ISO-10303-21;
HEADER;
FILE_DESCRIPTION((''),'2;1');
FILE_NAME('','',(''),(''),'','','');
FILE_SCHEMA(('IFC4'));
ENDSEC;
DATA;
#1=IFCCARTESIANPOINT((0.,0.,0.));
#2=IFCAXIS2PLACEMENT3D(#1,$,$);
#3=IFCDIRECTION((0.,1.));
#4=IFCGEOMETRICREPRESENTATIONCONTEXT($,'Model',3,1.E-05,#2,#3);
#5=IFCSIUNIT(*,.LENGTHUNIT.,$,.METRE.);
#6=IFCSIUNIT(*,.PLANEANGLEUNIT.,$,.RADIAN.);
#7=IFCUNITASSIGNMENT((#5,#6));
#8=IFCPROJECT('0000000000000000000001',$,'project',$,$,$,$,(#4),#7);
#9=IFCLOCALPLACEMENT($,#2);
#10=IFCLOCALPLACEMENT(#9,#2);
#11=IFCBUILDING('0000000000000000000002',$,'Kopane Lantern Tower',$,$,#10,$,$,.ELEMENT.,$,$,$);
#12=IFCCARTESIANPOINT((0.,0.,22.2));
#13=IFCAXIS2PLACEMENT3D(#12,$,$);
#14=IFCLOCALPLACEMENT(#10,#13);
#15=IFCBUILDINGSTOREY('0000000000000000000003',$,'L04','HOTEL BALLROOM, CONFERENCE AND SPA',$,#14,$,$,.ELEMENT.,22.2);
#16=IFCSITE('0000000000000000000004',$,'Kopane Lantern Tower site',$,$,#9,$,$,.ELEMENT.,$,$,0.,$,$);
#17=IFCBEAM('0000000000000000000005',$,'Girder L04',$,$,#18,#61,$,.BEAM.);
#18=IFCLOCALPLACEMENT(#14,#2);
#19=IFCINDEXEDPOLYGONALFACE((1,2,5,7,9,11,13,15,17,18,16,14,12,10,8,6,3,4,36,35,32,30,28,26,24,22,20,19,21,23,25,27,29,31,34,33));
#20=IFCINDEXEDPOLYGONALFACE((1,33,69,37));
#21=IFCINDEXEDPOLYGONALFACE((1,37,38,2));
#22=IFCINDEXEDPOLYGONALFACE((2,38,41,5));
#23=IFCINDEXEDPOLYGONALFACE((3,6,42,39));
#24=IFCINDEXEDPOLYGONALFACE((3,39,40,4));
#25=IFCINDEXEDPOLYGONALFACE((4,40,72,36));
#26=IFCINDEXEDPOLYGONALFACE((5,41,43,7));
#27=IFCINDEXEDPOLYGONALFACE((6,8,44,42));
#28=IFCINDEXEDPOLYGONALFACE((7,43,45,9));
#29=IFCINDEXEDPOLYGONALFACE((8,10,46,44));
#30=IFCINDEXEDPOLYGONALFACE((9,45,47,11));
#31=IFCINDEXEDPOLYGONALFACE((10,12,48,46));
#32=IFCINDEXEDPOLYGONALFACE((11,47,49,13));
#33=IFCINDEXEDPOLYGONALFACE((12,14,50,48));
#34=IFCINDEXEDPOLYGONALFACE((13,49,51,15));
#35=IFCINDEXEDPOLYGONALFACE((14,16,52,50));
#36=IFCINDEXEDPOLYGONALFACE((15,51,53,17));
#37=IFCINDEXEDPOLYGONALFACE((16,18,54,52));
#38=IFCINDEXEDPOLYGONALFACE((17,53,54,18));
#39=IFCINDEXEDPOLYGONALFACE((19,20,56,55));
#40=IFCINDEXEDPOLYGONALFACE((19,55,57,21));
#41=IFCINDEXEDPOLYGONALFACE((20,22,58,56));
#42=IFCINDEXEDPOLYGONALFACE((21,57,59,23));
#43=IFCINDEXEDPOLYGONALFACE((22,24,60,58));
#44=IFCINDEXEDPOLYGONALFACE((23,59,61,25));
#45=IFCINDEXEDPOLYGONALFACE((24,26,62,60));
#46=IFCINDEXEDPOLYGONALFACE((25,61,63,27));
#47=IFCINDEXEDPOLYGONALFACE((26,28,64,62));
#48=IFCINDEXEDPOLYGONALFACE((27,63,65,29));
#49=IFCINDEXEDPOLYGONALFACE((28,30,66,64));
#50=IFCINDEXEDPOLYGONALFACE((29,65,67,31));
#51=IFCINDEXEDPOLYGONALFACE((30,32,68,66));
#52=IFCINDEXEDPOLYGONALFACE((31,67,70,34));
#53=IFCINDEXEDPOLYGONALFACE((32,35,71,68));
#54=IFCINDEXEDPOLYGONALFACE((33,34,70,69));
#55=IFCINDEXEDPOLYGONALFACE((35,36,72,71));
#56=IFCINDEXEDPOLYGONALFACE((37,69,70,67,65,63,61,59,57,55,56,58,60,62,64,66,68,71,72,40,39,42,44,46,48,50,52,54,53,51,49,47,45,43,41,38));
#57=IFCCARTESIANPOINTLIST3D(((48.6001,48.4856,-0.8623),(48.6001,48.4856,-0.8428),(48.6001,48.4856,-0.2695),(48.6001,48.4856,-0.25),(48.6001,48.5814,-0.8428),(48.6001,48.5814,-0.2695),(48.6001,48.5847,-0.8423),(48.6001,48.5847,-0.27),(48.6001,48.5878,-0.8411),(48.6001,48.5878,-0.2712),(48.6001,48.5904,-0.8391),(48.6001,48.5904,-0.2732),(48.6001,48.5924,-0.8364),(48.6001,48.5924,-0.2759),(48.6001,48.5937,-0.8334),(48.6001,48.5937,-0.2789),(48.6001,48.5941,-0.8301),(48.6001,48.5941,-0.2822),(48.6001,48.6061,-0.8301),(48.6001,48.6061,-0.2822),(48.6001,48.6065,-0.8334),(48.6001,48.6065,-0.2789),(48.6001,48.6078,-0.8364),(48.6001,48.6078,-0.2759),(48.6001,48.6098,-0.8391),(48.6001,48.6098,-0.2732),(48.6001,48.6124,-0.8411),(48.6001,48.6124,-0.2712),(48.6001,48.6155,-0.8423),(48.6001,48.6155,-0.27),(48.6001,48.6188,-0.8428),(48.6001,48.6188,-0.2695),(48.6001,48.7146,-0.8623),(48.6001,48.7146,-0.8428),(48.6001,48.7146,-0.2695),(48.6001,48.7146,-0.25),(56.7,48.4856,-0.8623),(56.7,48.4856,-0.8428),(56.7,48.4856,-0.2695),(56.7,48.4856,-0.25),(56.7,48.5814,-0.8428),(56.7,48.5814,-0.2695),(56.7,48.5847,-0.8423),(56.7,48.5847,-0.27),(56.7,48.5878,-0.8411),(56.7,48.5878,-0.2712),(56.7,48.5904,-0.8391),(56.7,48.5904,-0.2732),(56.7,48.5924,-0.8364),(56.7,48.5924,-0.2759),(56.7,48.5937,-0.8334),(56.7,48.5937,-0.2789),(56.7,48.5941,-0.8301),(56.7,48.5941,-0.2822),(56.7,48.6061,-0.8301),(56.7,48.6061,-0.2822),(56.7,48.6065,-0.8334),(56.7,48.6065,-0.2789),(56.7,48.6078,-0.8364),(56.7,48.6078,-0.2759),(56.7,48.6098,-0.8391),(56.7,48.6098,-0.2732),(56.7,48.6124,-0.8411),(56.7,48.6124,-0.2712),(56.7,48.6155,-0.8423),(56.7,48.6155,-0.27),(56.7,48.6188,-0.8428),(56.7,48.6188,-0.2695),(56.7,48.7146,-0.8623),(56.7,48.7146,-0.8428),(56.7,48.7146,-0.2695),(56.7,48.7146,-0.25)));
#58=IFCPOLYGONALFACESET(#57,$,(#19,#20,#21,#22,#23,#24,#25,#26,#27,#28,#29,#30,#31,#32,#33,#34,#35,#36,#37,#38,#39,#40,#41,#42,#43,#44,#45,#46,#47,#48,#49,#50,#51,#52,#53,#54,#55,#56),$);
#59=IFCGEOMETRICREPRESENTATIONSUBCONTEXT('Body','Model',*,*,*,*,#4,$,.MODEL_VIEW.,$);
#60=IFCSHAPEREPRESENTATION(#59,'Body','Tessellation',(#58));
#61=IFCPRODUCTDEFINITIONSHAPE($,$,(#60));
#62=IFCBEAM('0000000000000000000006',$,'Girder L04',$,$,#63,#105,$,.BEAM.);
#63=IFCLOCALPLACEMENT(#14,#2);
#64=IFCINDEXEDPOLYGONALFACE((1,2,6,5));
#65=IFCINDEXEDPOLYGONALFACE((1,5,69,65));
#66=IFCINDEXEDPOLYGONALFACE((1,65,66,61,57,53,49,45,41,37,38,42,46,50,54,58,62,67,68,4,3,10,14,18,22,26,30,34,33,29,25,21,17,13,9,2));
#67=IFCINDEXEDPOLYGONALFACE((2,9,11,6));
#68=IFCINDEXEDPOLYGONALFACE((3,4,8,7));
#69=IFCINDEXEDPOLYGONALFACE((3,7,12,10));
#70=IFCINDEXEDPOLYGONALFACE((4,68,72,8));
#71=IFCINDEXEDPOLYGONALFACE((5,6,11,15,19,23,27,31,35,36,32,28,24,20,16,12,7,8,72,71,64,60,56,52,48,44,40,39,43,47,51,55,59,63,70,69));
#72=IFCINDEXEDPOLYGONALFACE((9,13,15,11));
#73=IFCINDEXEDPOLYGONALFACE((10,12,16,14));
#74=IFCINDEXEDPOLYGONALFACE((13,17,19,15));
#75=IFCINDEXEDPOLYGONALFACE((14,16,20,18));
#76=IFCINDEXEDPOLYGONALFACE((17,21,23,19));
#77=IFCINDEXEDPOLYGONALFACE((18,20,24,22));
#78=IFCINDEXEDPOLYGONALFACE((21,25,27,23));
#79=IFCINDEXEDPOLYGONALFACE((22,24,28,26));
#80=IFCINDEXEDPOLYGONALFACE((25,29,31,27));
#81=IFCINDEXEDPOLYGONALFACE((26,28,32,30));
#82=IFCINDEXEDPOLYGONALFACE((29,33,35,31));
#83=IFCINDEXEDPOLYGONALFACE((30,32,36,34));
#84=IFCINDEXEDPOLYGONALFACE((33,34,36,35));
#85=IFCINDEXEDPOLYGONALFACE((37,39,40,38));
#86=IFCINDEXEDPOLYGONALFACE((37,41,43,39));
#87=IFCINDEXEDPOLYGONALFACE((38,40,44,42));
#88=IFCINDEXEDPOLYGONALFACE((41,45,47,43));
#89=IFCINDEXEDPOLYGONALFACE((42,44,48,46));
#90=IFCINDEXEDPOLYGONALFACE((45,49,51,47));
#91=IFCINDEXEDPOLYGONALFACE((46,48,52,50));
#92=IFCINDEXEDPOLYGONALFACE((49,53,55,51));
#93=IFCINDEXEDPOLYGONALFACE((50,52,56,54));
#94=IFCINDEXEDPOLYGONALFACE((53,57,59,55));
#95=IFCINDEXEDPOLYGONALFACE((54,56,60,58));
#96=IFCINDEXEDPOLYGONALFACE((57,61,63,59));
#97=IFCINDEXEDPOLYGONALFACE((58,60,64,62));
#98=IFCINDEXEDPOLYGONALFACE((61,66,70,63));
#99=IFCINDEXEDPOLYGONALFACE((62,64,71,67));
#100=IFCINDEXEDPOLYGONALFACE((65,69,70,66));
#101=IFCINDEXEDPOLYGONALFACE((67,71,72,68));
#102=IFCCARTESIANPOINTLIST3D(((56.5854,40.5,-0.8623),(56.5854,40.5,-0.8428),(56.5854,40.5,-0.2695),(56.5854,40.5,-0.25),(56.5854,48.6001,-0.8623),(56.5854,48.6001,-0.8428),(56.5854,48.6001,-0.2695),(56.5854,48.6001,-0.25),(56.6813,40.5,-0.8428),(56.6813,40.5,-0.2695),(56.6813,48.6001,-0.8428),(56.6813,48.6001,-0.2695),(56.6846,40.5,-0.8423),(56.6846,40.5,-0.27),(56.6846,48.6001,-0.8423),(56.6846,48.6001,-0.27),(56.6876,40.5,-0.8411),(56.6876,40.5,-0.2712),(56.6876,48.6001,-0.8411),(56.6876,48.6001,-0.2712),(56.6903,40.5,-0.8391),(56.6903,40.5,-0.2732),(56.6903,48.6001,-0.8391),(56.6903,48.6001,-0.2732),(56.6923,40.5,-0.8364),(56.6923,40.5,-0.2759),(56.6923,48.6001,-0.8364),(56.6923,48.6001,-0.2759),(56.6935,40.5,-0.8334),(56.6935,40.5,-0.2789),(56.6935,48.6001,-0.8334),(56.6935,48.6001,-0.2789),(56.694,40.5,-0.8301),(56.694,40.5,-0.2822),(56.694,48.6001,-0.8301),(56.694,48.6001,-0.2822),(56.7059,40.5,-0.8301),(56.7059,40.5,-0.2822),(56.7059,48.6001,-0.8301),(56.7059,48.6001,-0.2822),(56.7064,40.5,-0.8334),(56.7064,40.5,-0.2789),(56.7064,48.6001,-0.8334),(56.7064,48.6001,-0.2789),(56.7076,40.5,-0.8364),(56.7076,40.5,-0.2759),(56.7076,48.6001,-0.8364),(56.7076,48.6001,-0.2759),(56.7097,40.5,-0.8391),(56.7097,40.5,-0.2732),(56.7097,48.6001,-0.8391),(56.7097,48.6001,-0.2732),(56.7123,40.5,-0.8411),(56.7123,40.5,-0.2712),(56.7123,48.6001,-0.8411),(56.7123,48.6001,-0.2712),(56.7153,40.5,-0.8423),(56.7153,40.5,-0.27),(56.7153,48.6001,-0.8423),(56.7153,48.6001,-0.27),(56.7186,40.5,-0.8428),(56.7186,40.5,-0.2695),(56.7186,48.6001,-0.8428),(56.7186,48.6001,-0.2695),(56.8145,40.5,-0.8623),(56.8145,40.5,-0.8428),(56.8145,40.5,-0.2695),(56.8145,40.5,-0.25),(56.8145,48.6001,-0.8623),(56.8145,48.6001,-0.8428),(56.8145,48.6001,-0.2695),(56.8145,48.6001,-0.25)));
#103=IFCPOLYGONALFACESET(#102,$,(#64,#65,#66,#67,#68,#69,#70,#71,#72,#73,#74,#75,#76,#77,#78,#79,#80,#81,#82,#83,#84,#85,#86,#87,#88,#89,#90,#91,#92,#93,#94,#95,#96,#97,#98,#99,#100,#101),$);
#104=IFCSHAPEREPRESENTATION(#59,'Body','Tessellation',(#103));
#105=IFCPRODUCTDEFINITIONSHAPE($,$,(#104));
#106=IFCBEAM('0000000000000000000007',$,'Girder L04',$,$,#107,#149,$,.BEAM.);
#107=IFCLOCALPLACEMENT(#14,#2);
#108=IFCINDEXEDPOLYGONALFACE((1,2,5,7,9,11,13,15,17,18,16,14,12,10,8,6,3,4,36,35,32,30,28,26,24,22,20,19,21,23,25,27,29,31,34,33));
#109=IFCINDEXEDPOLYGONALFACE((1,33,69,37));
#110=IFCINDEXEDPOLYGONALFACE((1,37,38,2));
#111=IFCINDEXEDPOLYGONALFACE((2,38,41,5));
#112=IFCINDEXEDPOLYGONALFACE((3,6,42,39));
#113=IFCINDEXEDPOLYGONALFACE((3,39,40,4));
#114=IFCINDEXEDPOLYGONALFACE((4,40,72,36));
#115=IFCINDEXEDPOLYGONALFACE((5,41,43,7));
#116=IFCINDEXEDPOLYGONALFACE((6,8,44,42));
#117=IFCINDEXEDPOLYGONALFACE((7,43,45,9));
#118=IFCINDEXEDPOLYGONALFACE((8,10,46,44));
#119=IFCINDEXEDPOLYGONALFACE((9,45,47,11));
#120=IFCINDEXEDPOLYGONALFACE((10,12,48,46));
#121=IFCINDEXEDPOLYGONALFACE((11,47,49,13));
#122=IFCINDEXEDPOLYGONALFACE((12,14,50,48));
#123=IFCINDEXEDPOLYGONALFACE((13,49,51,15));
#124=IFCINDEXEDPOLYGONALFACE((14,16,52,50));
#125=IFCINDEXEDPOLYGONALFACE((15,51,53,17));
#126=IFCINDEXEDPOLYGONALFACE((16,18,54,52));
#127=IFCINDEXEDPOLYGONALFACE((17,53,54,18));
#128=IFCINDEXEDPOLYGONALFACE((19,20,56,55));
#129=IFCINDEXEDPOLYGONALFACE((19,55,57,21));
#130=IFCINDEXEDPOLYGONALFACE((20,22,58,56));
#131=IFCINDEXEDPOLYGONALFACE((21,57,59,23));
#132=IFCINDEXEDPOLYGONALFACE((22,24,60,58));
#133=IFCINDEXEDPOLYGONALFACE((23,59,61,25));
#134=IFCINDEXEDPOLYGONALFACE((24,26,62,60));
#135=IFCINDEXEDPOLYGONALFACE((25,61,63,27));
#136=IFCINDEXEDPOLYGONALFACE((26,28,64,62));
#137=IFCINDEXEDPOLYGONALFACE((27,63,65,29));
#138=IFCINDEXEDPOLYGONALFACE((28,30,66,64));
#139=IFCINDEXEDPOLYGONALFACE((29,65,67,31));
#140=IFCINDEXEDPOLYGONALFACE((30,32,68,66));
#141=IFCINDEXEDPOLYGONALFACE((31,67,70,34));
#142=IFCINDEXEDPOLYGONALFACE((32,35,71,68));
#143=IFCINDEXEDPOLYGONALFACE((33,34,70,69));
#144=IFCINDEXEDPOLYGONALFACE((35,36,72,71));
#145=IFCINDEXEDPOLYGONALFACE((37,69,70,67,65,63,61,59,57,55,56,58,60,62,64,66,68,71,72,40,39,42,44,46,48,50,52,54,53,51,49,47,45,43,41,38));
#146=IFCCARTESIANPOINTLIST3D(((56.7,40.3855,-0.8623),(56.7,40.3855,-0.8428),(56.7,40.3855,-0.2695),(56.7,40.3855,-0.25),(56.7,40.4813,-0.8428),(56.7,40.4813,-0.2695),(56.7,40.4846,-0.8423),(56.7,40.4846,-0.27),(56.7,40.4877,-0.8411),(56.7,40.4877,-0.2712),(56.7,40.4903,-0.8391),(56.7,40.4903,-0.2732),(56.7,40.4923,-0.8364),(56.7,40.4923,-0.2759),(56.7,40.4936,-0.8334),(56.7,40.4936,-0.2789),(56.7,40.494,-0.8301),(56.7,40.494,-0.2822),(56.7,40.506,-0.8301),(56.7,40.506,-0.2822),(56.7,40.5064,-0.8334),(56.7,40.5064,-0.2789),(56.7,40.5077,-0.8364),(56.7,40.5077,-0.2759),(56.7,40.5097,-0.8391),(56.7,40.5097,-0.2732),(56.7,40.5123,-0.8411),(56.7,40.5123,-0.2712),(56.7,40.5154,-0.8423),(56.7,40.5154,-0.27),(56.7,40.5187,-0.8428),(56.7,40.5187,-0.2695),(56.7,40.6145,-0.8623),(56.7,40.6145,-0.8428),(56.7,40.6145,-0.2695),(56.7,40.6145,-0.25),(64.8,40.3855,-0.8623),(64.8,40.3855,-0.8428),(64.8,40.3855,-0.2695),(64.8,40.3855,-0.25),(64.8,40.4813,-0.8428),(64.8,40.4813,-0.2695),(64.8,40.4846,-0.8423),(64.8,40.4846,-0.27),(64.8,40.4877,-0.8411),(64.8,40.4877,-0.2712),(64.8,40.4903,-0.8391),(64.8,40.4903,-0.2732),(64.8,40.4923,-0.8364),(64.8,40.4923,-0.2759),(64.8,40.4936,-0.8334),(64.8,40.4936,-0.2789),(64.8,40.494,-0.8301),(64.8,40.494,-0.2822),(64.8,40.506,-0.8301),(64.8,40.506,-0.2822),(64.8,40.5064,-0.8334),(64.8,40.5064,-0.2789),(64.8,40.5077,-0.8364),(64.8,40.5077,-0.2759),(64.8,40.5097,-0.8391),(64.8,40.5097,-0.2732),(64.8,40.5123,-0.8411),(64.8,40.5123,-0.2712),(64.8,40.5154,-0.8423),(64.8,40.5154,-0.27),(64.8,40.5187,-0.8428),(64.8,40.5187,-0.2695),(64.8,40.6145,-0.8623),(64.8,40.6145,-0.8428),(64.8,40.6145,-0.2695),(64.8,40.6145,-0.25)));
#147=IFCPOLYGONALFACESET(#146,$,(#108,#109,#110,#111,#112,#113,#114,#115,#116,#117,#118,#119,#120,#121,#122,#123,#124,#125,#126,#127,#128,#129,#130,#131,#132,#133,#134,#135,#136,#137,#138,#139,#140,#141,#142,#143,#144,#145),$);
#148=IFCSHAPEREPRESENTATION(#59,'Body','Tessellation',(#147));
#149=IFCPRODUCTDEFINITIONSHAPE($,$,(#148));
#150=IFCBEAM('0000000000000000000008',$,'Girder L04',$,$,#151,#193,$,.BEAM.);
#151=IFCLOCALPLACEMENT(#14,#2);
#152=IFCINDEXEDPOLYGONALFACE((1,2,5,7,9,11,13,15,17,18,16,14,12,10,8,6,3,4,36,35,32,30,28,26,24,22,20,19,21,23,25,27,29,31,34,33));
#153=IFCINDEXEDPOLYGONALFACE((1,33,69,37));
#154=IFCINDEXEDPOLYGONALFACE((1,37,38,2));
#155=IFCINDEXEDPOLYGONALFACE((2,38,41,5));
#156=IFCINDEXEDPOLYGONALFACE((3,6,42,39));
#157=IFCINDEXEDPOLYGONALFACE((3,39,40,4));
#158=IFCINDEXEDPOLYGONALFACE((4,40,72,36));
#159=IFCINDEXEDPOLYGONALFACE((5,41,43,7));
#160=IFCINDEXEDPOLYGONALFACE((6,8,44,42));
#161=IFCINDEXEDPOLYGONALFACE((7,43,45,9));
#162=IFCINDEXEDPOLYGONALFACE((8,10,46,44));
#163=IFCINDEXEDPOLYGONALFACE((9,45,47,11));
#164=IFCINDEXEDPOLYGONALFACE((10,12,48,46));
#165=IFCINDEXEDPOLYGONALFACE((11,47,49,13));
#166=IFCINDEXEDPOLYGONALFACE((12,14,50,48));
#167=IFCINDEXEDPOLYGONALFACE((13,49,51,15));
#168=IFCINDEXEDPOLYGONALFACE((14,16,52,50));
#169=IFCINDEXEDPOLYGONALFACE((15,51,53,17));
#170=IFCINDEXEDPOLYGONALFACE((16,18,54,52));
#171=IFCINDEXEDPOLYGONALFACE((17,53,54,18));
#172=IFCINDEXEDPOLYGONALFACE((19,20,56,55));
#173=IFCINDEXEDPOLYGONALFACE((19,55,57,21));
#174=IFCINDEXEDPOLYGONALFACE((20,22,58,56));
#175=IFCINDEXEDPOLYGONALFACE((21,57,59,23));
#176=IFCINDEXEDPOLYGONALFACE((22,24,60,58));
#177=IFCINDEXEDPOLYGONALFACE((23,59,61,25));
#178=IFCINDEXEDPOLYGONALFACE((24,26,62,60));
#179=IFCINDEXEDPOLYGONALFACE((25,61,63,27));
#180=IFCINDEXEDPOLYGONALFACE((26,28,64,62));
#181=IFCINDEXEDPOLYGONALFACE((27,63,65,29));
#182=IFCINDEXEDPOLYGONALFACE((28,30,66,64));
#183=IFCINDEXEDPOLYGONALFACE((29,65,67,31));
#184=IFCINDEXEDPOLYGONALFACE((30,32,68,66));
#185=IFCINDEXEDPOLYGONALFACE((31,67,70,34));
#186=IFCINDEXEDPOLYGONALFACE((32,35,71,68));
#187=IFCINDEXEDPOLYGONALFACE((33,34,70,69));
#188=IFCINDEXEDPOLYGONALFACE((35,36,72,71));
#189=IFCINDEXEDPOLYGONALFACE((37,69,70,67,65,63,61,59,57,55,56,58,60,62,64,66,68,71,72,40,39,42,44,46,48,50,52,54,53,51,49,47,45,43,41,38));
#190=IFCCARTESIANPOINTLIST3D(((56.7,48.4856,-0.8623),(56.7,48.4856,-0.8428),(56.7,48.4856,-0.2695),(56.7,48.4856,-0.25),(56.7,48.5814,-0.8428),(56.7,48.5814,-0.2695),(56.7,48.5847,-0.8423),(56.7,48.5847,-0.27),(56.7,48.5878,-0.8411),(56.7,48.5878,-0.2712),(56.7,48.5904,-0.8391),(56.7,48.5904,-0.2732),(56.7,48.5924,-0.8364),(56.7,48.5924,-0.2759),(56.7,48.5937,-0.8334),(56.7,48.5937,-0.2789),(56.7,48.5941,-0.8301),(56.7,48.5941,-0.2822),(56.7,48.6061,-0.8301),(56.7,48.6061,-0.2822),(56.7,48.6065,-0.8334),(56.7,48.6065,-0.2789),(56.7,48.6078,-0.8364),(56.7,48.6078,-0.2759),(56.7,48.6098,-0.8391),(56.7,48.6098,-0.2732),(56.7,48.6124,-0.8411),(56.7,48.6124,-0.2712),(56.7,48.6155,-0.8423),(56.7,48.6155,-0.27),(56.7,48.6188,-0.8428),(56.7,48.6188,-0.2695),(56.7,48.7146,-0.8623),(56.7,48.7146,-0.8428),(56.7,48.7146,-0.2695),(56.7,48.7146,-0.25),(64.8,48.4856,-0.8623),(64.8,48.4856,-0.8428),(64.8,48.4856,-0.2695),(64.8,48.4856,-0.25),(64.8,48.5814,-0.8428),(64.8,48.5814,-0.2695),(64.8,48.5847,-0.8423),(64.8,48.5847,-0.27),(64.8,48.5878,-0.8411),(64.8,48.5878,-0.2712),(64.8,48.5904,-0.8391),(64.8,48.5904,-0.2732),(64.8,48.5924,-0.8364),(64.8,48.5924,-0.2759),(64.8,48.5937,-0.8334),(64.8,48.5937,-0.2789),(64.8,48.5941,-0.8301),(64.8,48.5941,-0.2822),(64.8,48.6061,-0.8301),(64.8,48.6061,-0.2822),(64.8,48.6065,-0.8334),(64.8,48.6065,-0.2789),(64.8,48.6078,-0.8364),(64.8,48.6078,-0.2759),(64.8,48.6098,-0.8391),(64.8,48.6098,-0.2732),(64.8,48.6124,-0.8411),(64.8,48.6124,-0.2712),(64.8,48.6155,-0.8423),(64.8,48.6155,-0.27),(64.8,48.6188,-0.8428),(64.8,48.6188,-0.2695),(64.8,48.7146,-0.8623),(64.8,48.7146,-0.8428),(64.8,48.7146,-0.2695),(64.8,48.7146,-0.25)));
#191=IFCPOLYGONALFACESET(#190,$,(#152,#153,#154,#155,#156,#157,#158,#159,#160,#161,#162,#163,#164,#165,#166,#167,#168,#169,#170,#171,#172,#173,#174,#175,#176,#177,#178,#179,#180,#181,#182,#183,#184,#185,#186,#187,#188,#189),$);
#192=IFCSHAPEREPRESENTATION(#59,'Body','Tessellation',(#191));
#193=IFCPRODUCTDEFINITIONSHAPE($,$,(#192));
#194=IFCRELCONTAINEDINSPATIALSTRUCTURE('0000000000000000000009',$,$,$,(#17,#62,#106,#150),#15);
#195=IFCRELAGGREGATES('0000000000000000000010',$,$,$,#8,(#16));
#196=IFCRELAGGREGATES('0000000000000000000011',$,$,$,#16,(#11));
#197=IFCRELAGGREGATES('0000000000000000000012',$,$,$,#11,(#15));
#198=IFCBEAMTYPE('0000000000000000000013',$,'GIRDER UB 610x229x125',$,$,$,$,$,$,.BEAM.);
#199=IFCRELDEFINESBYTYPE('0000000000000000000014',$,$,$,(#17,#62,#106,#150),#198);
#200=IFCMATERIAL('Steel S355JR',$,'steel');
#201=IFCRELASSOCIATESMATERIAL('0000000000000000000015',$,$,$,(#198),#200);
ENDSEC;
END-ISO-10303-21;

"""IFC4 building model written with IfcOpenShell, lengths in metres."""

from ifc_helpers import new_model, si_unit, direction, frame, origin, origin_2d, place, context, subcontext, project, spatial, i_section, extrude, material, material_profile, profile_set, type_object, element, save


model = new_model("IFC4")

# Units and contexts
model_context = context("Model", 3, precision=1e-05, world=origin(), true_north=direction((0.0, 1.0)))
body_context = subcontext(model_context, "Body", "Model", "MODEL_VIEW")
ifc_project = project(units=[si_unit("LENGTHUNIT", "METRE"), si_unit("PLANEANGLEUNIT", "RADIAN")], contexts=[model_context])

# Site, building, storey
site_placement = place(None, origin())
site = spatial("IfcSite", under=ifc_project, at=site_placement, Name="Kopane Lantern Tower site", CompositionType="ELEMENT", RefElevation=0.0)
building_placement = place(site_placement, origin())
building = spatial("IfcBuilding", under=site, at=building_placement, Name="Kopane Lantern Tower", CompositionType="ELEMENT")
storey_placement = place(building_placement, frame((0.0, 0.0, 22.2)))
storey = spatial("IfcBuildingStorey", under=building, at=storey_placement, Name="L04", Description="HOTEL BALLROOM, CONFERENCE AND SPA", CompositionType="ELEMENT", Elevation=22.2)

# Beams
ifc_material_1 = material(Name="Steel S355JR", Category="steel")
ifc_material_profile_1 = material_profile(ifc_material_1, i_section(OverallWidth=0.229, OverallDepth=0.6123, WebThickness=0.012, FlangeThickness=0.0195, FilletRadius=0.0127, at=origin_2d()), Name="UB 610x229x125")
ifc_profile_set_1 = profile_set([ifc_material_profile_1], Name="Steel S355JR")
beam_type_1 = type_object("IfcBeamType", Name="GIRDER UB 610x229x125", PredefinedType="BEAM", material=ifc_profile_set_1)
beam_1_placement = place(storey_placement, frame((48.6001, 48.6001, -0.5562), z_axis=(1.0, 0.0, 0.0), x_axis=(0.0, 1.0, 0.0)))
element("IfcBeam", 1, at=beam_1_placement, inside=storey, type_object=beam_type_1, Name="Girder L04", PredefinedType="BEAM", context=body_context, shape_type="SweptSolid", body=[
    extrude(i_section(OverallWidth=0.229, OverallDepth=0.6123, WebThickness=0.012, FlangeThickness=0.0195, FilletRadius=0.0127, at=origin_2d()), origin(), (0.0, 0.0, 1.0), 8.0999),
])
for number, where, z_axis, x_axis, name in (
    (2, (56.7, 40.5, -0.5562), (0.0, 1.0, 0.0), (-1.0, 0.0, 0.0), "Girder L04"),
    (3, (56.7, 40.5, -0.5562), (1.0, 0.0, 0.0), (0.0, 1.0, 0.0), "Girder L04"),
    (4, (56.7, 48.6001, -0.5562), (1.0, 0.0, 0.0), (0.0, 1.0, 0.0), "Girder L04"),
):
    element("IfcBeam", number, at=place(storey_placement, frame(where, z_axis=z_axis, x_axis=x_axis)), inside=storey, type_object=beam_type_1, Name=name, PredefinedType="BEAM", context=body_context, shape_type="SweptSolid", body=[
        extrude(i_section(OverallWidth=0.229, OverallDepth=0.6123, WebThickness=0.012, FlangeThickness=0.0195, FilletRadius=0.0127, at=origin_2d()), origin(), (0.0, 0.0, 1.0), 8.1001),
    ])

save(model, "model.ifc")
